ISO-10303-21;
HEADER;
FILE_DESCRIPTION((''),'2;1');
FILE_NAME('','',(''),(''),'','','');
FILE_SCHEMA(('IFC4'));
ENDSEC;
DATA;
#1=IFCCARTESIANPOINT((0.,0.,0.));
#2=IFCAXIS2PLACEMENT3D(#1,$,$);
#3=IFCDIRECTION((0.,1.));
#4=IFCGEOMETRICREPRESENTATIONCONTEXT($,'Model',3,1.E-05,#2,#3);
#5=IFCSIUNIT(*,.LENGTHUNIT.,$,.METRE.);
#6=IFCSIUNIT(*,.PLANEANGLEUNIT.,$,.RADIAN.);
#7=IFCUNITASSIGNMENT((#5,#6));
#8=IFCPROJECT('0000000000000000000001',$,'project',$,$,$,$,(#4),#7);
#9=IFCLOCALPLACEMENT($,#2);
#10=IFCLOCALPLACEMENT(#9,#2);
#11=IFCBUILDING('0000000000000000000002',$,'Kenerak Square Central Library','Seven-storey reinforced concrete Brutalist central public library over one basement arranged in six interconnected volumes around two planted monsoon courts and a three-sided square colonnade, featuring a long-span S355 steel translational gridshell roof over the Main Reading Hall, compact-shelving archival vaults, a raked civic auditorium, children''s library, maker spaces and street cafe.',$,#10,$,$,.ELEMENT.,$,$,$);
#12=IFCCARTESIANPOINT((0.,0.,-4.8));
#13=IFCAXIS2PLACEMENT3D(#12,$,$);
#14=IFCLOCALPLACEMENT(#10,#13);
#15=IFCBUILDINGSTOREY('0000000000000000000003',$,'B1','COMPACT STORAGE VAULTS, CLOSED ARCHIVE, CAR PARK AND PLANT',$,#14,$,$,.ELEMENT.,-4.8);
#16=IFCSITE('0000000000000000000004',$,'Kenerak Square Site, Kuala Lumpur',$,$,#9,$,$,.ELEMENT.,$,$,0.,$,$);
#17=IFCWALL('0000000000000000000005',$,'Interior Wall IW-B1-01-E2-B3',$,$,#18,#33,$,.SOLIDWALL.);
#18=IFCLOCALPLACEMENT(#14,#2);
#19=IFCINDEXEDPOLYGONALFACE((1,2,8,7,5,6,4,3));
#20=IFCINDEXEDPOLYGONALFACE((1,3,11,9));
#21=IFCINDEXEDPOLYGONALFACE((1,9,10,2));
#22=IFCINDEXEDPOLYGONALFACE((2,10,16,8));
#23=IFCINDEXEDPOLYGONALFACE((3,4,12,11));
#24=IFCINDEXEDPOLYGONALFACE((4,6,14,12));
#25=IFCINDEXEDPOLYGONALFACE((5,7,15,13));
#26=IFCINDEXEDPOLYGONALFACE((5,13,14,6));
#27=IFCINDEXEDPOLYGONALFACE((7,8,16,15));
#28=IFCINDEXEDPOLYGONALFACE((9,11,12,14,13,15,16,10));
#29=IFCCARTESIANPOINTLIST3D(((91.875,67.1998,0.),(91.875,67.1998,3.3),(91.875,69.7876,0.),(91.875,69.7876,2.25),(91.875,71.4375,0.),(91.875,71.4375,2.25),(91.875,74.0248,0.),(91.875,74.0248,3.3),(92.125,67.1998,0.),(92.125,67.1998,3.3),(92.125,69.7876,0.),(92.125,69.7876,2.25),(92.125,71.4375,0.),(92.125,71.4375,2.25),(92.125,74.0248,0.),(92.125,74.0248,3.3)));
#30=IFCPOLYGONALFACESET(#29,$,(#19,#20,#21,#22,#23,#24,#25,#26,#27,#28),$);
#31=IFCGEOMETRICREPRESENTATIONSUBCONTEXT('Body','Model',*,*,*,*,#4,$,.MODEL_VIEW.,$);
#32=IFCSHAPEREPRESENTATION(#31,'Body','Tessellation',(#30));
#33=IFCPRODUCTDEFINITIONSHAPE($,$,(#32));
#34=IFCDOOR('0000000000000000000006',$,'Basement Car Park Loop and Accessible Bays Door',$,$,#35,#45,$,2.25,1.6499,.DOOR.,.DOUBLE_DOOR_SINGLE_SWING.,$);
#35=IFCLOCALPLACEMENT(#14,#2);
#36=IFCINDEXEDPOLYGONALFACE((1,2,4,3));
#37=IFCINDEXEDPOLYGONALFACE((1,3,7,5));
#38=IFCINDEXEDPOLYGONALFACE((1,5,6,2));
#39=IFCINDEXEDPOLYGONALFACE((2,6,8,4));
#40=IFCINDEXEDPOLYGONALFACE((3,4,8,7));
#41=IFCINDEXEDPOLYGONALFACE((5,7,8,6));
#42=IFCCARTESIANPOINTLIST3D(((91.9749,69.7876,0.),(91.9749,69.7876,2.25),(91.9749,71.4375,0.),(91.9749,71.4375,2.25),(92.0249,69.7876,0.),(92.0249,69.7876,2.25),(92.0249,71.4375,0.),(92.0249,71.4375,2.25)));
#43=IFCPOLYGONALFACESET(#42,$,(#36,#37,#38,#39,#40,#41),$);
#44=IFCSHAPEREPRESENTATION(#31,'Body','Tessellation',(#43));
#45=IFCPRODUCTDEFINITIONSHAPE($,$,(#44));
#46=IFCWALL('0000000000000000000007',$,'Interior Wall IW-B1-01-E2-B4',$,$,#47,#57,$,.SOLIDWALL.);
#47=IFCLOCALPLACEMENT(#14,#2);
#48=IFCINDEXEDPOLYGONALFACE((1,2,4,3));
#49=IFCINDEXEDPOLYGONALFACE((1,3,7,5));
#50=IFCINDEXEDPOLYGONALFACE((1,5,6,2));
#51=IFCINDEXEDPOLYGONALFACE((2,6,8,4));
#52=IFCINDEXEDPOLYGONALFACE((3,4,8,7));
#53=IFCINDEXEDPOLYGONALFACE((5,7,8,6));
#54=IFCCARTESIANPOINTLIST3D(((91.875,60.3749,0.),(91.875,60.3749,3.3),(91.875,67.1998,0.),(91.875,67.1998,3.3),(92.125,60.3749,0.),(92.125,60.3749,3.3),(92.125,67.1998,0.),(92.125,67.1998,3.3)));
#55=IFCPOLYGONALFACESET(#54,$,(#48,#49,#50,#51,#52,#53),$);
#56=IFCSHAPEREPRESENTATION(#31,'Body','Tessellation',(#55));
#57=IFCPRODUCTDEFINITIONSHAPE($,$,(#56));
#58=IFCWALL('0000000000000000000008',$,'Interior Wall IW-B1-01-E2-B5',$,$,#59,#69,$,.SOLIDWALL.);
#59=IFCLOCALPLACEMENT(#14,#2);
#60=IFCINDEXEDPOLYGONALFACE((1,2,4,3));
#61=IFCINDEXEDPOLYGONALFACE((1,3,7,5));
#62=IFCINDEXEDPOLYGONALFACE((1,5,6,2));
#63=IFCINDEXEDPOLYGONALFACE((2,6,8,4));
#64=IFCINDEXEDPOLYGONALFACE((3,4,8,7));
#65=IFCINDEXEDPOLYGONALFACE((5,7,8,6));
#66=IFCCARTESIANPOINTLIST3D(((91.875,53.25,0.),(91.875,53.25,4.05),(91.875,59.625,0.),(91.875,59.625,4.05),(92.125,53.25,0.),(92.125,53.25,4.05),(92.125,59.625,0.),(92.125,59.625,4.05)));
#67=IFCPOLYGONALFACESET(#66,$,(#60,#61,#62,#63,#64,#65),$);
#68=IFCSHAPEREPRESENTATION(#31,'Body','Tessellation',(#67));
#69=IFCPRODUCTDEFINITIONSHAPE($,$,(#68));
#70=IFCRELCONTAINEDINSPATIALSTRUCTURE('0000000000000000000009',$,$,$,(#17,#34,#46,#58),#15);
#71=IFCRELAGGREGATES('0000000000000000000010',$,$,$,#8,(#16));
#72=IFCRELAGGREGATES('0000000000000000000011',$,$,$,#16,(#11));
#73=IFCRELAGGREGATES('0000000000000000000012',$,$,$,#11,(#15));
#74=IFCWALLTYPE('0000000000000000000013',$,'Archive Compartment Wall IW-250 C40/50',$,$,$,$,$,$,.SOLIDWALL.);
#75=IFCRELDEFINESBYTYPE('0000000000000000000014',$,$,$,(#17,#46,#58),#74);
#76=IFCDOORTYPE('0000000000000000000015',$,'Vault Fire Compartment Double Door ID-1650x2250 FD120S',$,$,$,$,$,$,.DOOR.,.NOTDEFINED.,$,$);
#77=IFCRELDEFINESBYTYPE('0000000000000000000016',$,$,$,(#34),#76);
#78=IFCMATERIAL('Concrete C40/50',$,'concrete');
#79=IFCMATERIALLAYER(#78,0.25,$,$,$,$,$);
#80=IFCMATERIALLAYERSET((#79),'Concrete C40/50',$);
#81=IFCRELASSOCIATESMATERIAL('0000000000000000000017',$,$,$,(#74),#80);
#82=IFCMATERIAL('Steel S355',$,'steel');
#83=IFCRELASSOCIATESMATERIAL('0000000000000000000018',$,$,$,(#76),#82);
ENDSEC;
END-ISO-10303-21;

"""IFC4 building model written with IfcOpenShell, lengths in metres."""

from ifc_helpers import new_model, si_unit, direction, frame, frame_2d, origin, place, context, subcontext, project, spatial, rectangle, extrude, material, layer, layer_set, type_object, element, fill, save


model = new_model("IFC4")

# Units and contexts
model_context = context("Model", 3, precision=1e-05, world=origin(), true_north=direction((0.0, 1.0)))
body_context = subcontext(model_context, "Body", "Model", "MODEL_VIEW")
ifc_project = project(units=[si_unit("LENGTHUNIT", "METRE"), si_unit("PLANEANGLEUNIT", "RADIAN")], contexts=[model_context])

# Site, building, storey
site_placement = place(None, origin())
site = spatial("IfcSite", under=ifc_project, at=site_placement, Name="Kenerak Square Site, Kuala Lumpur", CompositionType="ELEMENT", RefElevation=0.0)
building_placement = place(site_placement, origin())
building = spatial("IfcBuilding", under=site, at=building_placement, Name="Kenerak Square Central Library", Description="Seven-storey reinforced concrete Brutalist central public library over one basement arranged in six interconnected volumes around two planted monsoon courts and a three-sided square colonnade, featuring a long-span S355 steel translational gridshell roof over the Main Reading Hall, compact-shelving archival vaults, a raked civic auditorium, children's library, maker spaces and street cafe.", CompositionType="ELEMENT")
storey_placement = place(building_placement, frame((0.0, 0.0, -4.8)))
storey = spatial("IfcBuildingStorey", under=building, at=storey_placement, Name="B1", Description="COMPACT STORAGE VAULTS, CLOSED ARCHIVE, CAR PARK AND PLANT", CompositionType="ELEMENT", Elevation=-4.8)

# Shared definitions
ifc_material_1 = material(Name="Concrete C40/50", Category="concrete")

# Wall, opening, door
ifc_layer = layer(ifc_material_1, 0.25)
ifc_layer_set = layer_set([ifc_layer], Name="Concrete C40/50")
wall_type = type_object("IfcWallType", Name="Archive Compartment Wall IW-250 C40/50", PredefinedType="SOLIDWALL", material=ifc_layer_set)
wall_1_placement = place(storey_placement, frame((92.0, 74.0249, 0.0), z_axis=(0.0, 0.0, 1.0), x_axis=(0.0, -1.0, 0.0)))
wall_1 = element("IfcWall", 1, at=wall_1_placement, inside=storey, type_object=wall_type, Name="Interior Wall IW-B1-01-E2-B3", PredefinedType="SOLIDWALL", context=body_context, shape_type="SweptSolid", body=[
    extrude(rectangle(XDim=6.825, YDim=0.25, at=frame_2d((3.4126, 0.0))), origin(), (0.0, 0.0, 1.0), 3.3),
])
opening_placement = place(wall_1_placement, frame((2.5874, 0.0, 0.0)))
opening = element("IfcOpeningElement", 2, at=opening_placement, cuts=wall_1, PredefinedType="OPENING", context=body_context, shape_type="SweptSolid", body=[
    extrude(rectangle(XDim=1.6499, YDim=2.25, at=frame_2d((0.825, 1.125))), frame((0.0, 0.135, 0.0), z_axis=(0.0, -1.0, 0.0), x_axis=(1.0, 0.0, 0.0)), (0.0, 0.0, 1.0), 0.27),
])
ifc_material_2 = material(Name="Steel S355", Category="steel")
door_type = type_object("IfcDoorType", Name="Vault Fire Compartment Double Door ID-1650x2250 FD120S", OperationType="NOTDEFINED", PredefinedType="DOOR", material=ifc_material_2)
door_placement = place(opening_placement, origin())
door = element("IfcDoor", 3, at=door_placement, inside=storey, type_object=door_type, Name="Basement Car Park Loop and Accessible Bays Door", OperationType="DOUBLE_DOOR_SINGLE_SWING", OverallHeight=2.25, OverallWidth=1.6499, PredefinedType="DOOR", context=body_context, shape_type="SweptSolid", body=[
    extrude(rectangle(XDim=1.6499, YDim=2.25, at=frame_2d((0.825, 1.125))), frame((0.0, 0.0249, 0.0), z_axis=(0.0, -1.0, 0.0), x_axis=(1.0, 0.0, 0.0)), (0.0, 0.0, 1.0), 0.05),
])
fill(opening, door)

# Walls
wall_2_placement = place(storey_placement, frame((92.0, 67.2, 0.0), z_axis=(0.0, 0.0, 1.0), x_axis=(0.0, -1.0, 0.0)))
element("IfcWall", 4, at=wall_2_placement, inside=storey, type_object=wall_type, Name="Interior Wall IW-B1-01-E2-B4", PredefinedType="SOLIDWALL", context=body_context, shape_type="SweptSolid", body=[
    extrude(rectangle(XDim=6.825, YDim=0.25, at=frame_2d((3.4126, 0.0))), origin(), (0.0, 0.0, 1.0), 3.3),
])
wall_3_placement = place(storey_placement, frame((92.0, 59.625, 0.0), z_axis=(0.0, 0.0, 1.0), x_axis=(0.0, -1.0, 0.0)))
element("IfcWall", 5, at=wall_3_placement, inside=storey, type_object=wall_type, Name="Interior Wall IW-B1-01-E2-B5", PredefinedType="SOLIDWALL", context=body_context, shape_type="SweptSolid", body=[
    extrude(rectangle(XDim=6.375, YDim=0.25, at=frame_2d((3.1875, 0.0))), origin(), (0.0, 0.0, 1.0), 4.05),
])

save(model, "model.ifc")
